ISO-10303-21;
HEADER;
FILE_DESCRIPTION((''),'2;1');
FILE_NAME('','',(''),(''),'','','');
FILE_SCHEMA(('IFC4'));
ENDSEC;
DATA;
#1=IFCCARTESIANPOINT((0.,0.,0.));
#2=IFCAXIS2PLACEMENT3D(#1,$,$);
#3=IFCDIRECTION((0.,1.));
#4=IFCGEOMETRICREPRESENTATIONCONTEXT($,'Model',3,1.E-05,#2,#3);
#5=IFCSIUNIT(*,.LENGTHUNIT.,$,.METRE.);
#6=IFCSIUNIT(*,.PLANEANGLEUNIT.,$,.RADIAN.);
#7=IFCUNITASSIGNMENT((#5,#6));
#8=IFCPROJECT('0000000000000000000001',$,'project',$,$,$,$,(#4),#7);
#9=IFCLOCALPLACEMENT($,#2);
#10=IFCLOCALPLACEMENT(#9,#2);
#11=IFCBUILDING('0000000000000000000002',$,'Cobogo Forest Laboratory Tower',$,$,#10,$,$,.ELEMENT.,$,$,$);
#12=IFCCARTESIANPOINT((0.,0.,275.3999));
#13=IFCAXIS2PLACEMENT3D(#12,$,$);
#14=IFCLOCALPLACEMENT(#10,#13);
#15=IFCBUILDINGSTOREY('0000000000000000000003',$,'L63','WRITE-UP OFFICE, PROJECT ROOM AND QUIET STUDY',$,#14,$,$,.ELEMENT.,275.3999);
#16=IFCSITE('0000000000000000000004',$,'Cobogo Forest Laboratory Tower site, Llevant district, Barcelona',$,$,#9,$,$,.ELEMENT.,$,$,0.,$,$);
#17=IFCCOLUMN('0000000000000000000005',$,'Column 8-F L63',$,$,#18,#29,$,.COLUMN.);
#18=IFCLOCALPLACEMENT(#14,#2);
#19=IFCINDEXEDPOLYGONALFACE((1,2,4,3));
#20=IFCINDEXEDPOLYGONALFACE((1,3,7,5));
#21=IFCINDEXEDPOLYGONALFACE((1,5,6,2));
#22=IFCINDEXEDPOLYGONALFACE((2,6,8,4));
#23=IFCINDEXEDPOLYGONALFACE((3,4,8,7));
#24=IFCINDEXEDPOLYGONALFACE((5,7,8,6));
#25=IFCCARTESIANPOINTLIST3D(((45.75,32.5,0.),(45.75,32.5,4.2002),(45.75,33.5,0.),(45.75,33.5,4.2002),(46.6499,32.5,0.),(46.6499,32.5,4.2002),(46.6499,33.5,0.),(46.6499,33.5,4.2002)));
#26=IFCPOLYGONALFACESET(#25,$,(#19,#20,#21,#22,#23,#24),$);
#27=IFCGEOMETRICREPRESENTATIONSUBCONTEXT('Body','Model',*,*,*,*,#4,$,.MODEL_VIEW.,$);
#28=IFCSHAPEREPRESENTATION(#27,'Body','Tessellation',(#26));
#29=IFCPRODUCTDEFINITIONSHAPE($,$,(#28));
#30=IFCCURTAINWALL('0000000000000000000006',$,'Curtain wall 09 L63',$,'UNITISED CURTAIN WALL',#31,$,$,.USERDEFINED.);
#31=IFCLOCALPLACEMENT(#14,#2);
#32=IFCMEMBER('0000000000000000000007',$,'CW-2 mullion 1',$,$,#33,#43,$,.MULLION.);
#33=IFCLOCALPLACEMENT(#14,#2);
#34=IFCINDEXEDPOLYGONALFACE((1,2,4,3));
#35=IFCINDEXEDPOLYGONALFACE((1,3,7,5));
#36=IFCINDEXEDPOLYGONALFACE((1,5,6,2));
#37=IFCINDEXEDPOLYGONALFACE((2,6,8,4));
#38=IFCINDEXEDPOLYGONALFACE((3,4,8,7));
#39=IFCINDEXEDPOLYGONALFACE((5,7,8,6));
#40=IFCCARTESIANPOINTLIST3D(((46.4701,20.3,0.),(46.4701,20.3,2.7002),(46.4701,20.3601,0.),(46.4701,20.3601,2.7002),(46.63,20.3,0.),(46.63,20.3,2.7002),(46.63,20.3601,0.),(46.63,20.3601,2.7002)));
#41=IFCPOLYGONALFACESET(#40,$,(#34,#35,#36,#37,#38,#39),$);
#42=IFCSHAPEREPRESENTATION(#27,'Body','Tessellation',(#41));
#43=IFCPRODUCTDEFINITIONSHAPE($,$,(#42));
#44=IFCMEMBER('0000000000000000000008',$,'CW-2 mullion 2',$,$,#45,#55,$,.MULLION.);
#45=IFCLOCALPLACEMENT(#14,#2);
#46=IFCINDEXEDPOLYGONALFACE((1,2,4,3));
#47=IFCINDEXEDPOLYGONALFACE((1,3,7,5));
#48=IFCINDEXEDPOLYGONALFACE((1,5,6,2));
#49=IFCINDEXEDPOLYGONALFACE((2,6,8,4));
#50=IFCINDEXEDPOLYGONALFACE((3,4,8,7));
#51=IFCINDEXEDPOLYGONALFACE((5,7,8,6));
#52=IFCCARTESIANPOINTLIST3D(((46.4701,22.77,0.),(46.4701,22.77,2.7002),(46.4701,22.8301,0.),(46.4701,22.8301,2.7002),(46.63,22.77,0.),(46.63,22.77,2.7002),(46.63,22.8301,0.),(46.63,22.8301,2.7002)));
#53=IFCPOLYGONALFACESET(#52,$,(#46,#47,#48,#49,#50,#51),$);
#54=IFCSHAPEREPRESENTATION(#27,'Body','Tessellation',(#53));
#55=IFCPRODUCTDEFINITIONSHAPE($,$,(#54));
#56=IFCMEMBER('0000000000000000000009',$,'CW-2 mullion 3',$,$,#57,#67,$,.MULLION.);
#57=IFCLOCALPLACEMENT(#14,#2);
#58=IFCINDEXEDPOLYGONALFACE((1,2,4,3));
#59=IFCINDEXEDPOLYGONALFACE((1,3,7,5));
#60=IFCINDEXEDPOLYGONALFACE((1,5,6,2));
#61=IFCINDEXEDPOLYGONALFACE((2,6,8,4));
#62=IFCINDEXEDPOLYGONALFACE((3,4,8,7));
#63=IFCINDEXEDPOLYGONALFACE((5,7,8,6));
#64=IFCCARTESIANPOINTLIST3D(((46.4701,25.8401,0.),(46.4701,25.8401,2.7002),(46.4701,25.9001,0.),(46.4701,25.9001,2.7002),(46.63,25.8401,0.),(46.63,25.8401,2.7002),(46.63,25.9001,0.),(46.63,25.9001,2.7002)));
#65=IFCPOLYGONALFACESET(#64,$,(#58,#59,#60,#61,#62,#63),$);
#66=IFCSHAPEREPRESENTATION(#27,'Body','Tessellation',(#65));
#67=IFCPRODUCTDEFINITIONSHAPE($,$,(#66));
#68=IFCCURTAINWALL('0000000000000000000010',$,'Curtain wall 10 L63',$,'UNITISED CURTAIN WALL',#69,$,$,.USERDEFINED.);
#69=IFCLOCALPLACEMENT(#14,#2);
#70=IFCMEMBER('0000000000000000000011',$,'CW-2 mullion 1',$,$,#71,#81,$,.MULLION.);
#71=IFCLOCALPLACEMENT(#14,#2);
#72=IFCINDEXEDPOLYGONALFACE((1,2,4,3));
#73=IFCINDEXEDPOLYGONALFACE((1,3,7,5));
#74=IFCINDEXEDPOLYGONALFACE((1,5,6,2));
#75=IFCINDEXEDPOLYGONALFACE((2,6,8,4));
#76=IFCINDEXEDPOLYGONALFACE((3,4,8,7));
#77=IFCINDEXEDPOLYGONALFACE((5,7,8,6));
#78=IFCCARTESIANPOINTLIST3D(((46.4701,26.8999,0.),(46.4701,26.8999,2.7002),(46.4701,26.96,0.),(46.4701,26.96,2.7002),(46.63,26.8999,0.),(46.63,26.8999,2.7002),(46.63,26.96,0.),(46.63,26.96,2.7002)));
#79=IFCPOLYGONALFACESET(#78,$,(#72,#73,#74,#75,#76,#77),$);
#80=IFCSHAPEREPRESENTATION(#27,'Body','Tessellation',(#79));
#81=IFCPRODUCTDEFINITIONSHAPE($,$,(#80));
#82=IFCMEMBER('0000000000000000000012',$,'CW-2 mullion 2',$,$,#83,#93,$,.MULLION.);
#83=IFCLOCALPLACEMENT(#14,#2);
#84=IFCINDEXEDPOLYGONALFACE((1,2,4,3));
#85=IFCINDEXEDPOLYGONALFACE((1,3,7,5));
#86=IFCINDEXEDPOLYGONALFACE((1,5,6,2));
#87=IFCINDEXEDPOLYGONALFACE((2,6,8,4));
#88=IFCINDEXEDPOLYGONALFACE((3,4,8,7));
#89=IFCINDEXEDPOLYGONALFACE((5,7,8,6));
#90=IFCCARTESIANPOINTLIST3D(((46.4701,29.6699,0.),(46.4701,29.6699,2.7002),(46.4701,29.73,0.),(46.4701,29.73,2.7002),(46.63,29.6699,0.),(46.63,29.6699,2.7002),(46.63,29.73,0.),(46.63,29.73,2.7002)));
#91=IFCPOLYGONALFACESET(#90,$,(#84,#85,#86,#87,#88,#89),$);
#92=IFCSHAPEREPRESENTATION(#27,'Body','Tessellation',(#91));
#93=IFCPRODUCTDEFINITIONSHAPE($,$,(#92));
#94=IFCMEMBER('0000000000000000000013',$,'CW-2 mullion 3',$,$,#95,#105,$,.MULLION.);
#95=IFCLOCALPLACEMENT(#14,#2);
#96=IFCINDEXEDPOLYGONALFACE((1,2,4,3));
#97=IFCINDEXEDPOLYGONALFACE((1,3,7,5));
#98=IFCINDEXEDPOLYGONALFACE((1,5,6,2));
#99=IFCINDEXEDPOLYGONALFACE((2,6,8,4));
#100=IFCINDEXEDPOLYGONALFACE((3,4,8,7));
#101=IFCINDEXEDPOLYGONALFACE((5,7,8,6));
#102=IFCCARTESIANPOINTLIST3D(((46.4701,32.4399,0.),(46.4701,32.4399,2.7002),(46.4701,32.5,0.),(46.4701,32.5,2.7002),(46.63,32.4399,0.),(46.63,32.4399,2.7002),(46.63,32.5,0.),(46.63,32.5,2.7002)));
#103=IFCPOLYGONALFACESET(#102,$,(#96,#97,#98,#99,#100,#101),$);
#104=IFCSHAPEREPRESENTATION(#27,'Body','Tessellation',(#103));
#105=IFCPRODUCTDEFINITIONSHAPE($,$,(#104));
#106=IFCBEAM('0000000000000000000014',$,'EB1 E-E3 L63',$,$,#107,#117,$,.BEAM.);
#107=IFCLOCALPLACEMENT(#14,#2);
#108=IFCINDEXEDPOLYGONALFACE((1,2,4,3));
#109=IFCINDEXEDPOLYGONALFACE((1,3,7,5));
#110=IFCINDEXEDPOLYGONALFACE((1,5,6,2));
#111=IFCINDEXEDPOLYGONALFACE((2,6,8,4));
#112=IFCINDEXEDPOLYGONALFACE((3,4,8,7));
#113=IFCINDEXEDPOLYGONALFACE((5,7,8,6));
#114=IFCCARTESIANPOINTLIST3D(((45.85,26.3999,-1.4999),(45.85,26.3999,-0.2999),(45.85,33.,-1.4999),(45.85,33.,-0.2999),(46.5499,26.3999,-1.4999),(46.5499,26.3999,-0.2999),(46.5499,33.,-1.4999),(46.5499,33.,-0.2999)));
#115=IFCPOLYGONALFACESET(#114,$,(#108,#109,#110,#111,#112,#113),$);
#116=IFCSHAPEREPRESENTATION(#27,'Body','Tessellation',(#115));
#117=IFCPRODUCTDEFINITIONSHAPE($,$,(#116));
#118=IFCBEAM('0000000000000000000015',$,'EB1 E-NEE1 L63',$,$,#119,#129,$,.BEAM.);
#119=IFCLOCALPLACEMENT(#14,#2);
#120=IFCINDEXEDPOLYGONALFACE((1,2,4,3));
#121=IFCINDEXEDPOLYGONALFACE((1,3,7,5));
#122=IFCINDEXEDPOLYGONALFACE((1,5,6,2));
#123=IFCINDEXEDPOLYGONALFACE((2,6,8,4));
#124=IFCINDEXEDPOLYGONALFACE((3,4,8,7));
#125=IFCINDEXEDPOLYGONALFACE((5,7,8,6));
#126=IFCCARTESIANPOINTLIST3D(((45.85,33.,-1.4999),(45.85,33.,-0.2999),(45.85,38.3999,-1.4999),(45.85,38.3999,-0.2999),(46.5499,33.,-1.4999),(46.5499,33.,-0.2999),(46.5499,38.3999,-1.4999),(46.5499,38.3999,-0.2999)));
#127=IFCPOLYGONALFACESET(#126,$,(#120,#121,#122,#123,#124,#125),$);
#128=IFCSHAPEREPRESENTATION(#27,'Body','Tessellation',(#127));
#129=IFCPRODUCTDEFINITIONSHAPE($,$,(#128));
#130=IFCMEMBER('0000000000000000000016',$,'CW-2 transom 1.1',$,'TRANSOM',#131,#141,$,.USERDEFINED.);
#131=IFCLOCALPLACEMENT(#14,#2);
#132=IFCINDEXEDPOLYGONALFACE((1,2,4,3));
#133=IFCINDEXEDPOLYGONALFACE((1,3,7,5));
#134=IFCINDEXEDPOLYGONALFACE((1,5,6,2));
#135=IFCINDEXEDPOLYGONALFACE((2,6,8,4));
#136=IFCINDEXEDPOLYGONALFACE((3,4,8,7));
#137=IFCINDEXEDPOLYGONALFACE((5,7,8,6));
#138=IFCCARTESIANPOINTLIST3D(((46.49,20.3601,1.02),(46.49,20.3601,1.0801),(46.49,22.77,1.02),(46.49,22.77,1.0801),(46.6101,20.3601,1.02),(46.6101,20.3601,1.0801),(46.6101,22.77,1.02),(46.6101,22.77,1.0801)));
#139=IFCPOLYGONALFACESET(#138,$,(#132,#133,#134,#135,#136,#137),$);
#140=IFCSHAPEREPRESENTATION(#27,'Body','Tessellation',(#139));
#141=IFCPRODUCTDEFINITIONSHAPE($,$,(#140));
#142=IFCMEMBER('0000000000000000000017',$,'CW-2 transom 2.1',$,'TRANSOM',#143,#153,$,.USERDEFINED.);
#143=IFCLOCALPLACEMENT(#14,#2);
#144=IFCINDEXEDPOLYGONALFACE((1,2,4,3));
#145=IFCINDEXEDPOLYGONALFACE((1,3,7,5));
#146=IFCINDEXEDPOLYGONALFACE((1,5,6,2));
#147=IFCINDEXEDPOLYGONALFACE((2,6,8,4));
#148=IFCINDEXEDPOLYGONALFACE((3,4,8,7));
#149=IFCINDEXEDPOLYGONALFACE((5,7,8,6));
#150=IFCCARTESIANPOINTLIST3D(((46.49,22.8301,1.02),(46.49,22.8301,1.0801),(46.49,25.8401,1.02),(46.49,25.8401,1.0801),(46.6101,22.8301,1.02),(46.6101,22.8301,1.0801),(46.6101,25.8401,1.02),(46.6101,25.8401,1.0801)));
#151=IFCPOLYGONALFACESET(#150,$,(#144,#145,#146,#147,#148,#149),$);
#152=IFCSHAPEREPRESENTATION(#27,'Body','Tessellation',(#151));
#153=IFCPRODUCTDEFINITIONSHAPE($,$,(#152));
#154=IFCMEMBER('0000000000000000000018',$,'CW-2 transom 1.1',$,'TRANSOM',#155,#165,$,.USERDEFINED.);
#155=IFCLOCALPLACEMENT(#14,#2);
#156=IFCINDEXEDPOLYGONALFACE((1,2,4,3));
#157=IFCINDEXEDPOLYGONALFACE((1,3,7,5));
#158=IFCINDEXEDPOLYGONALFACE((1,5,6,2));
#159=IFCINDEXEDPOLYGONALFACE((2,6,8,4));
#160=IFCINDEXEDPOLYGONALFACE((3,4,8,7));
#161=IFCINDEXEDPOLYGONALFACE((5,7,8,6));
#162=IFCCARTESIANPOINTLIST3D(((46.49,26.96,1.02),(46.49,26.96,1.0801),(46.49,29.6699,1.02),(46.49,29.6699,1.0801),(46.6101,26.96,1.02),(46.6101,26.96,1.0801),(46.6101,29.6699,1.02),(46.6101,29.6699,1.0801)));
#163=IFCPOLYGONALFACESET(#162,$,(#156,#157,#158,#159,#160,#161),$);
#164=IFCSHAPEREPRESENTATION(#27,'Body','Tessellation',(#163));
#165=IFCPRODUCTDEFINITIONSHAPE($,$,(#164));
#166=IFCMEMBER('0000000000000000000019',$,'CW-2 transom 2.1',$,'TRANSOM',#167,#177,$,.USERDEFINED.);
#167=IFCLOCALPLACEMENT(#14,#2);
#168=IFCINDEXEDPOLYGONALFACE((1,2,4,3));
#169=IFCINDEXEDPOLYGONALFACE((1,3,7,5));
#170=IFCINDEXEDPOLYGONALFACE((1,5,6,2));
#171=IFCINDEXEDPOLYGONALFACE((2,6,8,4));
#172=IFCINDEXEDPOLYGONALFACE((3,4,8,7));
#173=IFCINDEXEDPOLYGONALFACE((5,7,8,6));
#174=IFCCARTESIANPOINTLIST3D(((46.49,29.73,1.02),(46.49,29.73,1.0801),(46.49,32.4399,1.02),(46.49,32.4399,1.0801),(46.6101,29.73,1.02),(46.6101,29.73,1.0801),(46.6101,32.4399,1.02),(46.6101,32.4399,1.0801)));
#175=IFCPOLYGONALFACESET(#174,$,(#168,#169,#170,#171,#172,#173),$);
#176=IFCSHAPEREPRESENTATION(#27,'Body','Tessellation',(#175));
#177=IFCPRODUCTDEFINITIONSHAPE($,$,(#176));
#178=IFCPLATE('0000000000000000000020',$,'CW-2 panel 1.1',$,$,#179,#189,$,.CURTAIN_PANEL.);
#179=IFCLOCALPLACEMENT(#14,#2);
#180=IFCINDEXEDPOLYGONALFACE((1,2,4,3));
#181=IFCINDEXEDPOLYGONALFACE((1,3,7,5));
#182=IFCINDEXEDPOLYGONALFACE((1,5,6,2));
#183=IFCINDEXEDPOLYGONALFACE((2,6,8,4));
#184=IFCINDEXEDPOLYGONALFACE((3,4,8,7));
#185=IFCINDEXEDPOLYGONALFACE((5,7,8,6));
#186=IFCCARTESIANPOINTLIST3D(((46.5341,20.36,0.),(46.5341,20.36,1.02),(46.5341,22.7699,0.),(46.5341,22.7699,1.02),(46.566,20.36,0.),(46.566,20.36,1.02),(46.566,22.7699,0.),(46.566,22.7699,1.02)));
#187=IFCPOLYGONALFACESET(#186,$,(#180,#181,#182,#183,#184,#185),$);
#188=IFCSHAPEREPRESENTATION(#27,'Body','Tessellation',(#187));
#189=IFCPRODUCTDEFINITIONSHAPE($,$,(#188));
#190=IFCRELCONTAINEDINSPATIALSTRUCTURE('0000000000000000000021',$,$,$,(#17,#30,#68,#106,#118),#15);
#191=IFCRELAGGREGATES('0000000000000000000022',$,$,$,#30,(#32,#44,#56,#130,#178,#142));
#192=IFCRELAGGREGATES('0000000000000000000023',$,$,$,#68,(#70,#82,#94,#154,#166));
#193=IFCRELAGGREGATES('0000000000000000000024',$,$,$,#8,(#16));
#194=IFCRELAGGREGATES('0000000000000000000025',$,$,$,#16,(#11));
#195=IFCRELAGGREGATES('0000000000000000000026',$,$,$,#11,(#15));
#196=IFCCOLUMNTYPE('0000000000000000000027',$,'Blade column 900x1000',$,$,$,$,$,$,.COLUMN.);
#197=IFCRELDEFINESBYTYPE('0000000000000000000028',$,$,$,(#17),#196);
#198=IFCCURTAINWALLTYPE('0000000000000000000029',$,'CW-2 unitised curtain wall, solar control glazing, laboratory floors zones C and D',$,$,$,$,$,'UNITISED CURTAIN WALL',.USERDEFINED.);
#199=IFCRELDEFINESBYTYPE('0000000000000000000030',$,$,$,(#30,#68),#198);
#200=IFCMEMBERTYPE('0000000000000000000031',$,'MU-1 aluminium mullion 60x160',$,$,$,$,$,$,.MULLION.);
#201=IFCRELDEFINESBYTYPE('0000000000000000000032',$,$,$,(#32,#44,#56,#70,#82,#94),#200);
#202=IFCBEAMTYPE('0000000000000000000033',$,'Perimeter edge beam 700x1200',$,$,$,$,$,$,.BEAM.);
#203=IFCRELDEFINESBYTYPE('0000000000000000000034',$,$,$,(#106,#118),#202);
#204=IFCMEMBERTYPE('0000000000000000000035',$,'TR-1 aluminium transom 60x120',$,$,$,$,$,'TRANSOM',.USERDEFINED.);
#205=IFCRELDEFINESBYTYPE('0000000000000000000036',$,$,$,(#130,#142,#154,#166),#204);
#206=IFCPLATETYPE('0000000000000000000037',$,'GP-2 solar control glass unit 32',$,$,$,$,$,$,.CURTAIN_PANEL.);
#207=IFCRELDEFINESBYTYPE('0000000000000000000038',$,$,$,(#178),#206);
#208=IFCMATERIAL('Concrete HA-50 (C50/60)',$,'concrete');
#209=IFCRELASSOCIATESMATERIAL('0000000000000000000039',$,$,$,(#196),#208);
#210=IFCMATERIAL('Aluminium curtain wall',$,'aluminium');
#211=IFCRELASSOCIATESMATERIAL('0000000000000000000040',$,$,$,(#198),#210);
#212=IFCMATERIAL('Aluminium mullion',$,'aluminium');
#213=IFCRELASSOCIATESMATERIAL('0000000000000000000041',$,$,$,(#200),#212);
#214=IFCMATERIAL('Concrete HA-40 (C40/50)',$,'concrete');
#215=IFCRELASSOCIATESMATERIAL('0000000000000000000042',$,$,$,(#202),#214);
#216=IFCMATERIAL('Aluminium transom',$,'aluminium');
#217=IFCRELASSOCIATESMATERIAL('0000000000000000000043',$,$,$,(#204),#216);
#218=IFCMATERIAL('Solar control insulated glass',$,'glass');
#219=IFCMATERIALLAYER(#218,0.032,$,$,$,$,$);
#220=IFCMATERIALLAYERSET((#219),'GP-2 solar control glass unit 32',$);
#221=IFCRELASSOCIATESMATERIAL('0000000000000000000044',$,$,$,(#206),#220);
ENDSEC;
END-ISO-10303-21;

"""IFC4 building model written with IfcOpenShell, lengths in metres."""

from ifc_helpers import new_model, si_unit, direction, frame, origin, origin_2d, place, context, subcontext, project, spatial, rectangle, extrude, material, layer, layer_set, material_profile, profile_set, type_object, element, aggregate, save


model = new_model("IFC4")

# Units and contexts
model_context = context("Model", 3, precision=1e-05, world=origin(), true_north=direction((0.0, 1.0)))
body_context = subcontext(model_context, "Body", "Model", "MODEL_VIEW")
ifc_project = project(units=[si_unit("LENGTHUNIT", "METRE"), si_unit("PLANEANGLEUNIT", "RADIAN")], contexts=[model_context])

# Site, building, storey
site_placement = place(None, origin())
site = spatial("IfcSite", under=ifc_project, at=site_placement, Name="Cobogo Forest Laboratory Tower site, Llevant district, Barcelona", CompositionType="ELEMENT", RefElevation=0.0)
building_placement = place(site_placement, origin())
building = spatial("IfcBuilding", under=site, at=building_placement, Name="Cobogo Forest Laboratory Tower", CompositionType="ELEMENT")
storey_placement = place(building_placement, frame((0.0, 0.0, 275.3999)))
storey = spatial("IfcBuildingStorey", under=building, at=storey_placement, Name="L63", Description="WRITE-UP OFFICE, PROJECT ROOM AND QUIET STUDY", CompositionType="ELEMENT", Elevation=275.3999)

# Column
ifc_material_1 = material(Name="Concrete HA-50 (C50/60)", Category="concrete")
ifc_material_profile_1 = material_profile(ifc_material_1, rectangle(XDim=1.0, YDim=0.8999, at=origin_2d()), Name="RC 900x1000")
ifc_profile_set_1 = profile_set([ifc_material_profile_1], Name="Concrete HA-50 (C50/60)")
column_type = type_object("IfcColumnType", Name="Blade column 900x1000", PredefinedType="COLUMN", material=ifc_profile_set_1)
column_placement = place(storey_placement, frame((46.2, 33.0, 0.0), z_axis=(0.0, 0.0, 1.0), x_axis=(0.0, 1.0, 0.0)))
element("IfcColumn", 1, at=column_placement, inside=storey, type_object=column_type, Name="Column 8-F L63", PredefinedType="COLUMN", context=body_context, shape_type="SweptSolid", body=[
    extrude(rectangle(XDim=1.0, YDim=0.8999, at=origin_2d()), origin(), (0.0, 0.0, 1.0), 4.2002),
])

# Curtain walls, members
ifc_material_2 = material(Name="Aluminium curtain wall", Category="aluminium")
curtain_wall_type = type_object("IfcCurtainWallType", Name="CW-2 unitised curtain wall, solar control glazing, laboratory floors zones C and D", ElementType="UNITISED CURTAIN WALL", PredefinedType="USERDEFINED", material=ifc_material_2)
curtain_wall_1_placement = place(storey_placement, origin())
curtain_wall_1 = element("IfcCurtainWall", 2, at=curtain_wall_1_placement, inside=storey, type_object=curtain_wall_type, Name="Curtain wall 09 L63", ObjectType="UNITISED CURTAIN WALL", PredefinedType="USERDEFINED")
ifc_material_3 = material(Name="Aluminium mullion", Category="aluminium")
ifc_material_profile_2 = material_profile(ifc_material_3, rectangle(XDim=0.0601, YDim=0.1599, at=origin_2d()), Name="AL 60x160")
ifc_profile_set_2 = profile_set([ifc_material_profile_2], Name="Aluminium mullion")
member_type_1 = type_object("IfcMemberType", Name="MU-1 aluminium mullion 60x160", PredefinedType="MULLION", material=ifc_profile_set_2)
member_1_placement = place(storey_placement, frame((46.55, 20.3301, 0.0), z_axis=(0.0, 0.0, 1.0), x_axis=(0.0, 1.0, 0.0)))
member_1 = element("IfcMember", 3, at=member_1_placement, type_object=member_type_1, Name="CW-2 mullion 1", PredefinedType="MULLION", context=body_context, shape_type="SweptSolid", body=[
    extrude(rectangle(XDim=0.0601, YDim=0.1599, at=origin_2d()), origin(), (0.0, 0.0, 1.0), 2.7002),
])
member_2_placement = place(storey_placement, frame((46.55, 22.8, 0.0), z_axis=(0.0, 0.0, 1.0), x_axis=(0.0, 1.0, 0.0)))
member_2 = element("IfcMember", 4, at=member_2_placement, type_object=member_type_1, Name="CW-2 mullion 2", PredefinedType="MULLION", context=body_context, shape_type="SweptSolid", body=[
    extrude(rectangle(XDim=0.0601, YDim=0.1599, at=origin_2d()), origin(), (0.0, 0.0, 1.0), 2.7002),
])
member_3_placement = place(storey_placement, frame((46.55, 25.8701, 0.0), z_axis=(0.0, 0.0, 1.0), x_axis=(0.0, 1.0, 0.0)))
member_3 = element("IfcMember", 5, at=member_3_placement, type_object=member_type_1, Name="CW-2 mullion 3", PredefinedType="MULLION", context=body_context, shape_type="SweptSolid", body=[
    extrude(rectangle(XDim=0.0601, YDim=0.1599, at=origin_2d()), origin(), (0.0, 0.0, 1.0), 2.7002),
])
curtain_wall_2_placement = place(storey_placement, origin())
curtain_wall_2 = element("IfcCurtainWall", 6, at=curtain_wall_2_placement, inside=storey, type_object=curtain_wall_type, Name="Curtain wall 10 L63", ObjectType="UNITISED CURTAIN WALL", PredefinedType="USERDEFINED")
member_4_placement = place(storey_placement, frame((46.55, 26.9299, 0.0), z_axis=(0.0, 0.0, 1.0), x_axis=(0.0, 1.0, 0.0)))
member_4 = element("IfcMember", 7, at=member_4_placement, type_object=member_type_1, Name="CW-2 mullion 1", PredefinedType="MULLION", context=body_context, shape_type="SweptSolid", body=[
    extrude(rectangle(XDim=0.0601, YDim=0.1599, at=origin_2d()), origin(), (0.0, 0.0, 1.0), 2.7002),
])
member_5_placement = place(storey_placement, frame((46.55, 29.7, 0.0), z_axis=(0.0, 0.0, 1.0), x_axis=(0.0, 1.0, 0.0)))
member_5 = element("IfcMember", 8, at=member_5_placement, type_object=member_type_1, Name="CW-2 mullion 2", PredefinedType="MULLION", context=body_context, shape_type="SweptSolid", body=[
    extrude(rectangle(XDim=0.0601, YDim=0.1599, at=origin_2d()), origin(), (0.0, 0.0, 1.0), 2.7002),
])
member_6_placement = place(storey_placement, frame((46.55, 32.47, 0.0), z_axis=(0.0, 0.0, 1.0), x_axis=(0.0, 1.0, 0.0)))
member_6 = element("IfcMember", 9, at=member_6_placement, type_object=member_type_1, Name="CW-2 mullion 3", PredefinedType="MULLION", context=body_context, shape_type="SweptSolid", body=[
    extrude(rectangle(XDim=0.0601, YDim=0.1599, at=origin_2d()), origin(), (0.0, 0.0, 1.0), 2.7002),
])

# Beams
ifc_material_4 = material(Name="Concrete HA-40 (C40/50)", Category="concrete")
ifc_material_profile_3 = material_profile(ifc_material_4, rectangle(XDim=0.7, YDim=1.2, at=origin_2d()), Name="RC 700x1200")
ifc_profile_set_3 = profile_set([ifc_material_profile_3], Name="Concrete HA-40 (C40/50)")
beam_type = type_object("IfcBeamType", Name="Perimeter edge beam 700x1200", PredefinedType="BEAM", material=ifc_profile_set_3)
beam_1_placement = place(storey_placement, frame((46.2, 26.3999, -0.8999), z_axis=(0.0, 1.0, 0.0), x_axis=(-1.0, 0.0, 0.0)))
element("IfcBeam", 10, at=beam_1_placement, inside=storey, type_object=beam_type, Name="EB1 E-E3 L63", PredefinedType="BEAM", context=body_context, shape_type="SweptSolid", body=[
    extrude(rectangle(XDim=0.7, YDim=1.2, at=origin_2d()), origin(), (0.0, 0.0, 1.0), 6.6001),
])
beam_2_placement = place(storey_placement, frame((46.2, 33.0, -0.8999), z_axis=(0.0, 1.0, 0.0), x_axis=(-1.0, 0.0, 0.0)))
element("IfcBeam", 11, at=beam_2_placement, inside=storey, type_object=beam_type, Name="EB1 E-NEE1 L63", PredefinedType="BEAM", context=body_context, shape_type="SweptSolid", body=[
    extrude(rectangle(XDim=0.7, YDim=1.2, at=origin_2d()), origin(), (0.0, 0.0, 1.0), 5.3999),
])

# Members
ifc_material_5 = material(Name="Aluminium transom", Category="aluminium")
ifc_material_profile_4 = material_profile(ifc_material_5, rectangle(XDim=0.1201, YDim=0.0601, at=origin_2d()), Name="AL 60x120")
ifc_profile_set_4 = profile_set([ifc_material_profile_4], Name="Aluminium transom")
member_type_2 = type_object("IfcMemberType", Name="TR-1 aluminium transom 60x120", ElementType="TRANSOM", PredefinedType="USERDEFINED", material=ifc_profile_set_4)
member_7_placement = place(storey_placement, frame((46.55, 20.3601, 1.05), z_axis=(0.0, 1.0, 0.0), x_axis=(-1.0, 0.0, 0.0)))
member_7 = element("IfcMember", 12, at=member_7_placement, type_object=member_type_2, Name="CW-2 transom 1.1", ObjectType="TRANSOM", PredefinedType="USERDEFINED", context=body_context, shape_type="SweptSolid", body=[
    extrude(rectangle(XDim=0.1201, YDim=0.0601, at=origin_2d()), origin(), (0.0, 0.0, 1.0), 2.4099),
])
member_8_placement = place(storey_placement, frame((46.55, 22.8301, 1.05), z_axis=(0.0, 1.0, 0.0), x_axis=(-1.0, 0.0, 0.0)))
member_8 = element("IfcMember", 13, at=member_8_placement, type_object=member_type_2, Name="CW-2 transom 2.1", ObjectType="TRANSOM", PredefinedType="USERDEFINED", context=body_context, shape_type="SweptSolid", body=[
    extrude(rectangle(XDim=0.1201, YDim=0.0601, at=origin_2d()), origin(), (0.0, 0.0, 1.0), 3.01),
])
member_9_placement = place(storey_placement, frame((46.55, 26.96, 1.05), z_axis=(0.0, 1.0, 0.0), x_axis=(-1.0, 0.0, 0.0)))
member_9 = element("IfcMember", 14, at=member_9_placement, type_object=member_type_2, Name="CW-2 transom 1.1", ObjectType="TRANSOM", PredefinedType="USERDEFINED", context=body_context, shape_type="SweptSolid", body=[
    extrude(rectangle(XDim=0.1201, YDim=0.0601, at=origin_2d()), origin(), (0.0, 0.0, 1.0), 2.71),
])
member_10_placement = place(storey_placement, frame((46.55, 29.73, 1.05), z_axis=(0.0, 1.0, 0.0), x_axis=(-1.0, 0.0, 0.0)))
member_10 = element("IfcMember", 15, at=member_10_placement, type_object=member_type_2, Name="CW-2 transom 2.1", ObjectType="TRANSOM", PredefinedType="USERDEFINED", context=body_context, shape_type="SweptSolid", body=[
    extrude(rectangle(XDim=0.1201, YDim=0.0601, at=origin_2d()), origin(), (0.0, 0.0, 1.0), 2.71),
])

# Plate
ifc_material_6 = material(Name="Solar control insulated glass", Category="glass")
ifc_layer_1 = layer(ifc_material_6, 0.032)
ifc_layer_set_1 = layer_set([ifc_layer_1], Name="GP-2 solar control glass unit 32")
plate_type_1 = type_object("IfcPlateType", Name="GP-2 solar control glass unit 32", PredefinedType="CURTAIN_PANEL", material=ifc_layer_set_1)
plate_1_placement = place(storey_placement, frame((46.55, 21.5649, 0.0), z_axis=(0.0, 0.0, 1.0), x_axis=(0.0, 1.0, 0.0)))
plate_1 = element("IfcPlate", 16, at=plate_1_placement, type_object=plate_type_1, Name="CW-2 panel 1.1", PredefinedType="CURTAIN_PANEL", context=body_context, shape_type="SweptSolid", body=[
    extrude(rectangle(XDim=2.4099, YDim=0.032, at=origin_2d()), origin(), (0.0, 0.0, 1.0), 1.02),
])
aggregate(curtain_wall_1, [member_1, member_2, member_3, member_7, plate_1, member_8])
aggregate(curtain_wall_2, [member_4, member_5, member_6, member_9, member_10])

save(model, "model.ifc")
